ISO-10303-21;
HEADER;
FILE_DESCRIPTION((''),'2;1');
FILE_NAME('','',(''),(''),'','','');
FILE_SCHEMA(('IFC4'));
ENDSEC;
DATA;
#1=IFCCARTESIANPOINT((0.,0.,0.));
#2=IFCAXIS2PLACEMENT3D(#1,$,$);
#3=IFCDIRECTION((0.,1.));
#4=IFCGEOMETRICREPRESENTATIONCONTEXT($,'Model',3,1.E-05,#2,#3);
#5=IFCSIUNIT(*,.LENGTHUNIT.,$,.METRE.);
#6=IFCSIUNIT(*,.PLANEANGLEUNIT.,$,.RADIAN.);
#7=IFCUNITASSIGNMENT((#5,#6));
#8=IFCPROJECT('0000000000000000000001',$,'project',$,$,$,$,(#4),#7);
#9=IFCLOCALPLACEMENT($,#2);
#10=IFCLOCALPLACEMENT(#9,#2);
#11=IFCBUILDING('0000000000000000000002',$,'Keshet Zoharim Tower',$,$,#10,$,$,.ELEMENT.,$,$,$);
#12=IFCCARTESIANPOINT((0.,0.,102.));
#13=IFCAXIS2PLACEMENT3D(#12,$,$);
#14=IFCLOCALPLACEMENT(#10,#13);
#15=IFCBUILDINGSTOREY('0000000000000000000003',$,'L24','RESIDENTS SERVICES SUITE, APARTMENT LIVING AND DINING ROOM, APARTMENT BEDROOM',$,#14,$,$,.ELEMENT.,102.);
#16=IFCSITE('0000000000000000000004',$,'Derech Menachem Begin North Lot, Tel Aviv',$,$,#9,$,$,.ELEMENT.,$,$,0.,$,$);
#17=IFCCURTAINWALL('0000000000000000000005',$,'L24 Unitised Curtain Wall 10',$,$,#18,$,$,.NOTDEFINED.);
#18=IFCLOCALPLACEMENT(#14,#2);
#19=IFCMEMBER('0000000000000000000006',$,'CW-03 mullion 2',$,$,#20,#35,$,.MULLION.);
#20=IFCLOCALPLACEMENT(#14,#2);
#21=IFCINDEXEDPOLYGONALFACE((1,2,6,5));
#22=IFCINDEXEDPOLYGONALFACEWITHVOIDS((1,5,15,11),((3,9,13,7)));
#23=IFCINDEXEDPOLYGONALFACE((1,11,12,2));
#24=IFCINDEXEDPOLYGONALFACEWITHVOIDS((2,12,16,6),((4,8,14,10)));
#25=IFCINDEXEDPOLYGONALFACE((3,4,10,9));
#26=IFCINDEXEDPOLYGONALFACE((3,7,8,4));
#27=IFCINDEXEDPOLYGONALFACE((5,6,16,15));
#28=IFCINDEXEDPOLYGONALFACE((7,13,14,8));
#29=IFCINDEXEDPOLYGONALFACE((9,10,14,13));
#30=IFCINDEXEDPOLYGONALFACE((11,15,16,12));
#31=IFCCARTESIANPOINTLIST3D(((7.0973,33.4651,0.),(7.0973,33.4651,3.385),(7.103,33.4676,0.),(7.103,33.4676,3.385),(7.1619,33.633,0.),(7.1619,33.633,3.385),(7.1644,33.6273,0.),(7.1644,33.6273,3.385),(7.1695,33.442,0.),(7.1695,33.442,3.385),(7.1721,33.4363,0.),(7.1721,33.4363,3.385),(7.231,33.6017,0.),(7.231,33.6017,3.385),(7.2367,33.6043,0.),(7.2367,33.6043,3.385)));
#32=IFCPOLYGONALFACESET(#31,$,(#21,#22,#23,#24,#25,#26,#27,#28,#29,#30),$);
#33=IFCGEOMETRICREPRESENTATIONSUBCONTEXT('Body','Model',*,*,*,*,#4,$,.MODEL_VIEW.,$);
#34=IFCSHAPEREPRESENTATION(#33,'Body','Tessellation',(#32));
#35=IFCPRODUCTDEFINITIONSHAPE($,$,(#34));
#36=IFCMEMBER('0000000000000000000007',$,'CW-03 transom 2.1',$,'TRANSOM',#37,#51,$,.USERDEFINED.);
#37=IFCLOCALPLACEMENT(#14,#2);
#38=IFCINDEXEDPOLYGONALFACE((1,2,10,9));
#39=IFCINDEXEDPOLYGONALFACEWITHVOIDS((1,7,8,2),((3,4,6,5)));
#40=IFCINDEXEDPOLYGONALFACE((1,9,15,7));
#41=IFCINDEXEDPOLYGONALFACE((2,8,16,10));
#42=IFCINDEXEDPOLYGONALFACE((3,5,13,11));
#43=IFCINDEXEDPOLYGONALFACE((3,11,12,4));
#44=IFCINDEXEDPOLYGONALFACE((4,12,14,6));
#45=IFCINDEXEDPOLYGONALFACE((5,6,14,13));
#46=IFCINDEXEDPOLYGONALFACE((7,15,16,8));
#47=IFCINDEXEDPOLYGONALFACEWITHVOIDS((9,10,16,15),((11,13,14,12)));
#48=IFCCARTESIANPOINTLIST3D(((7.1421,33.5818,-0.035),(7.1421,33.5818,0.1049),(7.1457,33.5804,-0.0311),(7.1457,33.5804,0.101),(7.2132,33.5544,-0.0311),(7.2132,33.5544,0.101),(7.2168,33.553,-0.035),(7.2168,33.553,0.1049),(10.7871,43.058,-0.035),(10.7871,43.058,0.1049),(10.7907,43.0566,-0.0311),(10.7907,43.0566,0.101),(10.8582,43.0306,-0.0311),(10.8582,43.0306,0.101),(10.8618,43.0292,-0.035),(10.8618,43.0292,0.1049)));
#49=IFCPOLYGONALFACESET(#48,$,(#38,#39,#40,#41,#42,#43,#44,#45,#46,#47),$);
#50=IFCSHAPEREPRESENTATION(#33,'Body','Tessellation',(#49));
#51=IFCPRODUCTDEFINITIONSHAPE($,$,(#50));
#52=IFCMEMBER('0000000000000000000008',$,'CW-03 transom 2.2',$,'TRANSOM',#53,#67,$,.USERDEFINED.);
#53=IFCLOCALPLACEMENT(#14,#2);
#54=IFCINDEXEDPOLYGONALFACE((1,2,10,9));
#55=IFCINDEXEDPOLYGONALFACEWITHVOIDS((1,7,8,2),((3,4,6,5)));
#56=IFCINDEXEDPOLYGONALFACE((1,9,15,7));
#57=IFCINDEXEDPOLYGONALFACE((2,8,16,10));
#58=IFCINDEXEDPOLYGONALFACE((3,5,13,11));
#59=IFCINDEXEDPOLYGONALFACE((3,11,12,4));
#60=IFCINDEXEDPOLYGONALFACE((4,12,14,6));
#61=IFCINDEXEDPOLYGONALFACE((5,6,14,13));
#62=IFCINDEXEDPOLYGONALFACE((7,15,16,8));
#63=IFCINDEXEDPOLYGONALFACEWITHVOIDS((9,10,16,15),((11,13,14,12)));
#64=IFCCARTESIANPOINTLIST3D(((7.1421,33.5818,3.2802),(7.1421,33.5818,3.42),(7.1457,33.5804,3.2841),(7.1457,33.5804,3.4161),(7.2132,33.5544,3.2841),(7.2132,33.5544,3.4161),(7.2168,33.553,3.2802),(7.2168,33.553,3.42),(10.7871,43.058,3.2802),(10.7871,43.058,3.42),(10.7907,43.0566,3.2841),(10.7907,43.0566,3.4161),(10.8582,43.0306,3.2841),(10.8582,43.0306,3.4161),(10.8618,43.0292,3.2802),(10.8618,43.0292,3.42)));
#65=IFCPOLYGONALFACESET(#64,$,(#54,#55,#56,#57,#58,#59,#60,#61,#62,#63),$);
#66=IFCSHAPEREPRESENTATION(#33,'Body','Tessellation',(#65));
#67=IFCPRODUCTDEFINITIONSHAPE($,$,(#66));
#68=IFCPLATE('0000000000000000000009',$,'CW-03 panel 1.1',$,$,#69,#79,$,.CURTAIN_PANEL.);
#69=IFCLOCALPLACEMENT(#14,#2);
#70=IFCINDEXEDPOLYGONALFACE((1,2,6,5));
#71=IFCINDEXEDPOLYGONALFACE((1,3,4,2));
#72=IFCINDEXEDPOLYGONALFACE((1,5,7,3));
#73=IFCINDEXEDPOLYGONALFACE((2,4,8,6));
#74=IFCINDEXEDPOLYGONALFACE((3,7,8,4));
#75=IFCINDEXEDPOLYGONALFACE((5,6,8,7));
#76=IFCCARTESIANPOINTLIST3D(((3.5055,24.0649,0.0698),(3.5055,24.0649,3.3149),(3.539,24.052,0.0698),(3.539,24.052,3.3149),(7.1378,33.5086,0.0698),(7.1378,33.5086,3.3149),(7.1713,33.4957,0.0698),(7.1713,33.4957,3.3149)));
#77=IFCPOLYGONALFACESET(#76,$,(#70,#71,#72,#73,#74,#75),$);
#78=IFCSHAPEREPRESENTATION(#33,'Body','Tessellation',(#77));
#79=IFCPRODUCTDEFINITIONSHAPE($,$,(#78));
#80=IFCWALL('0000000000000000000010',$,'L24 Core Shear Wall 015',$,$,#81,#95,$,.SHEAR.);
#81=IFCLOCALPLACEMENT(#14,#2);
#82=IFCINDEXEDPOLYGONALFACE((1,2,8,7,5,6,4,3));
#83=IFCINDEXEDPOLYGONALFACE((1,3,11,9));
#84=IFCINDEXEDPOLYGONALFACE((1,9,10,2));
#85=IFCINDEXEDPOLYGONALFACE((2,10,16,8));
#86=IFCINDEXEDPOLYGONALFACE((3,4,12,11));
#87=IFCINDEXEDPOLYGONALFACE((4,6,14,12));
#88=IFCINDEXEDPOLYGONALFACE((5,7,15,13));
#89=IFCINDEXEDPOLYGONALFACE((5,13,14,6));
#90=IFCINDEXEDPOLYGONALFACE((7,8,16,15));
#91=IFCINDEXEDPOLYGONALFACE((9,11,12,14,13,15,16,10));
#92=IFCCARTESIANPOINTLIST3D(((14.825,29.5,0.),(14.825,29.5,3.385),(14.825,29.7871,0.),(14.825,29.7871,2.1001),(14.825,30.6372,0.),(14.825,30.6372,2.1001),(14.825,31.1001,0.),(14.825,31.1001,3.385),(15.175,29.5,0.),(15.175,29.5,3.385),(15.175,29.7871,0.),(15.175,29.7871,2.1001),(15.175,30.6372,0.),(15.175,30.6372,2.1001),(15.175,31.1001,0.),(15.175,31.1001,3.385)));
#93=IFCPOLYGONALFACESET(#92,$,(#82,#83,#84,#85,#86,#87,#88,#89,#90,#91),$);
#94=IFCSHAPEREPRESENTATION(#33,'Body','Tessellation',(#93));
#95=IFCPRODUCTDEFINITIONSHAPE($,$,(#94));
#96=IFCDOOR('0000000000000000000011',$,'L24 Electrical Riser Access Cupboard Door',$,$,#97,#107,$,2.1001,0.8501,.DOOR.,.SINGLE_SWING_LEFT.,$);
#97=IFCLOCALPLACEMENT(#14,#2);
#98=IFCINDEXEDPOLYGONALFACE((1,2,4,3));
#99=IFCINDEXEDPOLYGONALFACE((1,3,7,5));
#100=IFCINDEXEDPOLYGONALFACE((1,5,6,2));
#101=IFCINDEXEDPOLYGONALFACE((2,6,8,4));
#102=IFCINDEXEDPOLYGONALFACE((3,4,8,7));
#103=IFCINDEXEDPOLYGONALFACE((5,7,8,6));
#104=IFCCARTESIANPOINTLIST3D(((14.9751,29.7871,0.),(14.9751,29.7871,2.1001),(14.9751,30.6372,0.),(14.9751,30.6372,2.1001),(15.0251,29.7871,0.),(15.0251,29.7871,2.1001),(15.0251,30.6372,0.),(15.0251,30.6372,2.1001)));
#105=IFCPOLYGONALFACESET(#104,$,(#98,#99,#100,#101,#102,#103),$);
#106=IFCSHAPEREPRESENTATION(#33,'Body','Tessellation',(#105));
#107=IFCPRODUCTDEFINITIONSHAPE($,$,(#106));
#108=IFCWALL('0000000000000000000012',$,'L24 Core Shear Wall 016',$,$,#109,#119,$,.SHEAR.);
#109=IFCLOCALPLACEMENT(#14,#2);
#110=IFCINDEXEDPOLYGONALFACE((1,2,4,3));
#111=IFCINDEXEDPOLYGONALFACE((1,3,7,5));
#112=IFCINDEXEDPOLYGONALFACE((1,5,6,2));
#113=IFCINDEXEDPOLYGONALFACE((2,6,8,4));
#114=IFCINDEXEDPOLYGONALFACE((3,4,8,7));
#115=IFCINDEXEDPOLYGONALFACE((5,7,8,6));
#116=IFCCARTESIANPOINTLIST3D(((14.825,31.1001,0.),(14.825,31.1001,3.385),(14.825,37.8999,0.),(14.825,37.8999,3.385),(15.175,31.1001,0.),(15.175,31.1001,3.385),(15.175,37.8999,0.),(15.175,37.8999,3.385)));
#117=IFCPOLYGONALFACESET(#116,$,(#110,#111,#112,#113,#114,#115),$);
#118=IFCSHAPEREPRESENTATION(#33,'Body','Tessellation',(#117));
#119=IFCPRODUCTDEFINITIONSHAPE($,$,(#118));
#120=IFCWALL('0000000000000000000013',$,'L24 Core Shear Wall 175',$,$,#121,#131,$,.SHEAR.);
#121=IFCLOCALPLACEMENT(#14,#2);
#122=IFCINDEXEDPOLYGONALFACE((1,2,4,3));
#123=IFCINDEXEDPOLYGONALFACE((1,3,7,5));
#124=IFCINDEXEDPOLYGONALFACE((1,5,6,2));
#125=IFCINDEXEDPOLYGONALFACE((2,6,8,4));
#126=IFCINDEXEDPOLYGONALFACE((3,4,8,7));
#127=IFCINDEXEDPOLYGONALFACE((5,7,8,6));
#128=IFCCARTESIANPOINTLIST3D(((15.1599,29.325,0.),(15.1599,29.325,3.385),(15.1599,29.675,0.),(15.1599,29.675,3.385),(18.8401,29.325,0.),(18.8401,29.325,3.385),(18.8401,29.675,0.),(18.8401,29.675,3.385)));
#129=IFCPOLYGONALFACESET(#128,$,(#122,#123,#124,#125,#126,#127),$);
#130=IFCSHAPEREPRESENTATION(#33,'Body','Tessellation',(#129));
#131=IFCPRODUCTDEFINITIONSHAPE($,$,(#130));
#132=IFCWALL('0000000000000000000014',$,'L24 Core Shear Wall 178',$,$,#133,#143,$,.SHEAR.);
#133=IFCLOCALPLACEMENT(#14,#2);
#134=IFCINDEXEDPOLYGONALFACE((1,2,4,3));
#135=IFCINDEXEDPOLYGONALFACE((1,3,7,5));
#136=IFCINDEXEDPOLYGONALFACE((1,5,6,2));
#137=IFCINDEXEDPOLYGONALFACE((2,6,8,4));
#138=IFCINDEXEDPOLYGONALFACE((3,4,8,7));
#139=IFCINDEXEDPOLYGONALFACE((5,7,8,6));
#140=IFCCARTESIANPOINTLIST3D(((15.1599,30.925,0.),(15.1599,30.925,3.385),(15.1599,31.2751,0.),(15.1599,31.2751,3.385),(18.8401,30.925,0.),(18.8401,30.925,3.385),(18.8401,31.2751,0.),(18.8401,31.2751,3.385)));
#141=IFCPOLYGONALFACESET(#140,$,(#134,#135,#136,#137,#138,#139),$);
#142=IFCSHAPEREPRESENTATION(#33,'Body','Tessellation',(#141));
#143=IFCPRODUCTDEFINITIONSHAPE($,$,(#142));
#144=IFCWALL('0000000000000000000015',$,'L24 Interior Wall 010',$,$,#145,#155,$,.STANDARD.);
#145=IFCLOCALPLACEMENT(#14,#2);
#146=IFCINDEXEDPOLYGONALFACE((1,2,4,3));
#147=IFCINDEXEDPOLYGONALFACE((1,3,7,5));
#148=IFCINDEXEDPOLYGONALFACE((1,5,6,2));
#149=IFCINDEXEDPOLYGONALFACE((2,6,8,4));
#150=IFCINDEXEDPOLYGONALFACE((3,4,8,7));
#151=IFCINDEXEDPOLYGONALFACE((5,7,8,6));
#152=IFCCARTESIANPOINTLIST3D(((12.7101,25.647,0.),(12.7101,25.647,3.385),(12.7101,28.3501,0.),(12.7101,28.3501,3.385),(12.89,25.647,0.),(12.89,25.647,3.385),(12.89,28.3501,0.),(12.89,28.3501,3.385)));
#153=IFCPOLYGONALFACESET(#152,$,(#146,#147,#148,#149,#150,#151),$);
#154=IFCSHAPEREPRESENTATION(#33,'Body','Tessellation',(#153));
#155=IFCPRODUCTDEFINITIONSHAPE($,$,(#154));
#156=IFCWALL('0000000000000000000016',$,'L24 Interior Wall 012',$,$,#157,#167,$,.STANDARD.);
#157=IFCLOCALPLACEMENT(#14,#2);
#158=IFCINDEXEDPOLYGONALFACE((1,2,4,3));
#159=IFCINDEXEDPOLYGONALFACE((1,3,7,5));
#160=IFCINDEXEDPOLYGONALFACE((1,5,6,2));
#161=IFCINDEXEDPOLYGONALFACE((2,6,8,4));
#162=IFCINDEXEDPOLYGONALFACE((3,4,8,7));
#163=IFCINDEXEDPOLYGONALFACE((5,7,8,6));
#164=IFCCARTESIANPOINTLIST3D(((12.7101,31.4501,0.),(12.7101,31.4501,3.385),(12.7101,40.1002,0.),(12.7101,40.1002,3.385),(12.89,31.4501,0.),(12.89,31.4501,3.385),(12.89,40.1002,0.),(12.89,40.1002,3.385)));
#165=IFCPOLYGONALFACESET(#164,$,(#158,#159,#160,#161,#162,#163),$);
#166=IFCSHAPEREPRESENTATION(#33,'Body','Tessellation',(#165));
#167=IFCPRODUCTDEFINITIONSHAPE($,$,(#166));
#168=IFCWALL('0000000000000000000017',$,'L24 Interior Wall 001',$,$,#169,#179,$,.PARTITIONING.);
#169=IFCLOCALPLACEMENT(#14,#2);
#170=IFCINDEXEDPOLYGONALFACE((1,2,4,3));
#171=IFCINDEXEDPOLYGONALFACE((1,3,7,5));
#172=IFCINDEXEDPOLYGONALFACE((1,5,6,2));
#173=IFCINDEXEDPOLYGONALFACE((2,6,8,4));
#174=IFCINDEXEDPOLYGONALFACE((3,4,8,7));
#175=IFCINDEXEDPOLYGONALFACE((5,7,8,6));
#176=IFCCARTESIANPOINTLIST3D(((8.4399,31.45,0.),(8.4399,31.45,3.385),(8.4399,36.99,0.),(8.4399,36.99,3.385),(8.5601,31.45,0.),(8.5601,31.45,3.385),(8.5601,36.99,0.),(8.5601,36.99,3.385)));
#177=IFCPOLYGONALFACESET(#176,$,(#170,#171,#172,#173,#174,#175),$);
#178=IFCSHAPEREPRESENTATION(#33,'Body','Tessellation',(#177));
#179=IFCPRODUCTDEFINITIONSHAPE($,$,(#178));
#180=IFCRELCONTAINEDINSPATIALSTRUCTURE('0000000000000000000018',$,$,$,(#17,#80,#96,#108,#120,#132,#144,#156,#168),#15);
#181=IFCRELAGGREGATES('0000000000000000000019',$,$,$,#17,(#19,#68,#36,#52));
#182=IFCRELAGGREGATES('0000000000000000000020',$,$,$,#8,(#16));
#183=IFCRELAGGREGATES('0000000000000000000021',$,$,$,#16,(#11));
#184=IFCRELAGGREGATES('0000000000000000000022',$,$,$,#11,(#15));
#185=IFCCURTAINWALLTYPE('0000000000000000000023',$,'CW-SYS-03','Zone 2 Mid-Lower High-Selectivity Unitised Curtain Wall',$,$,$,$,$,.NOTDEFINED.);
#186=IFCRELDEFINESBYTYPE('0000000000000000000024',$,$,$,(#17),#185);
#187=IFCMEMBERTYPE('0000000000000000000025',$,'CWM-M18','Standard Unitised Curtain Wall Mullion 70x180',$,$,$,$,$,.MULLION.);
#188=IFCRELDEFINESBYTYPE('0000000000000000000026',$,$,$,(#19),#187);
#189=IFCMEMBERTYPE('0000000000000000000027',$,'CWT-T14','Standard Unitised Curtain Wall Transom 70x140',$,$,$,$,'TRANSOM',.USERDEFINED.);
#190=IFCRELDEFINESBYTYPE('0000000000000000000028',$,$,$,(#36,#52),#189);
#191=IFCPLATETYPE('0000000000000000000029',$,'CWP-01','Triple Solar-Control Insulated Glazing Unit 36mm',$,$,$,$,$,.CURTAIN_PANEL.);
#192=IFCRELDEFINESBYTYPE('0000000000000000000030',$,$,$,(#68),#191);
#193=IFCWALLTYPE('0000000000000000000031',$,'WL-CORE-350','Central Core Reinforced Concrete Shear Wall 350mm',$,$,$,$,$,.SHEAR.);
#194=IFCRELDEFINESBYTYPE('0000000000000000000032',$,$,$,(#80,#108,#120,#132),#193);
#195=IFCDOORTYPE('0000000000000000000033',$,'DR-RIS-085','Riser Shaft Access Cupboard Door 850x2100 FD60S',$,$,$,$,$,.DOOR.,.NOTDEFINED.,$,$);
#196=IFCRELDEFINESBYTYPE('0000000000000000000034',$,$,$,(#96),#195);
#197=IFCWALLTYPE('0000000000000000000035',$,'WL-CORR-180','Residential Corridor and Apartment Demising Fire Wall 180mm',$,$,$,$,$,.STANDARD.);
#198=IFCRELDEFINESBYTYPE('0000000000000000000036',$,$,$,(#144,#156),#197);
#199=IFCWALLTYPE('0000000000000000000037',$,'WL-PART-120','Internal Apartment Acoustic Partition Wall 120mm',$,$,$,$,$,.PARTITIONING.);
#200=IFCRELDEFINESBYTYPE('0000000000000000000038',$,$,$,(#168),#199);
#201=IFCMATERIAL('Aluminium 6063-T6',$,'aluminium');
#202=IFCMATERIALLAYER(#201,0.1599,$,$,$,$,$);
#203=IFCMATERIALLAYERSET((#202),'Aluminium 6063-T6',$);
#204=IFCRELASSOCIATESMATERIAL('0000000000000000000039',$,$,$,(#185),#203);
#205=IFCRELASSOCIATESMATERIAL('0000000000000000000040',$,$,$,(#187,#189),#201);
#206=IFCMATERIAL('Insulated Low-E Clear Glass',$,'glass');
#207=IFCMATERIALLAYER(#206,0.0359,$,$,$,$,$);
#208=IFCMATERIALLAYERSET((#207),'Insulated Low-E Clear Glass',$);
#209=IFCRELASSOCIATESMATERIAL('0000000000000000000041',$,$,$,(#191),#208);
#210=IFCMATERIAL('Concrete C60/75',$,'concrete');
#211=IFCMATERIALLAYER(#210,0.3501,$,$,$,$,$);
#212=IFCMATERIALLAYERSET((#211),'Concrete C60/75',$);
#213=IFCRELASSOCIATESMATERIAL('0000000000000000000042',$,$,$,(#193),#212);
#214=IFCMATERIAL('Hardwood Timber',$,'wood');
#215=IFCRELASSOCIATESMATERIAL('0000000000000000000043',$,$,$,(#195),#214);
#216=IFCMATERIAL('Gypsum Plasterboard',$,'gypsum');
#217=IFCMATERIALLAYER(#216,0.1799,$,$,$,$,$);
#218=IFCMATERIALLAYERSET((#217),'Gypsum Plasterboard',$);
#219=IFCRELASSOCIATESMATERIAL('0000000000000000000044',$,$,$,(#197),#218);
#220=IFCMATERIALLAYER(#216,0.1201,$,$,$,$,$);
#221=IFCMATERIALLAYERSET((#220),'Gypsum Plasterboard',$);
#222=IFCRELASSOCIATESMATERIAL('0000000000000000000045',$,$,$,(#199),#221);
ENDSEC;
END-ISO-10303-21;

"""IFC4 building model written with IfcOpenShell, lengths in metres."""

from ifc_helpers import new_model, si_unit, direction, frame, frame_2d, origin, origin_2d, place, context, subcontext, project, spatial, rectangle, hollow_rectangle, extrude, material, layer, layer_set, material_profile, profile_set, type_object, element, fill, aggregate, save


model = new_model("IFC4")

# Units and contexts
model_context = context("Model", 3, precision=1e-05, world=origin(), true_north=direction((0.0, 1.0)))
body_context = subcontext(model_context, "Body", "Model", "MODEL_VIEW")
ifc_project = project(units=[si_unit("LENGTHUNIT", "METRE"), si_unit("PLANEANGLEUNIT", "RADIAN")], contexts=[model_context])

# Site, building, storey
site_placement = place(None, origin())
site = spatial("IfcSite", under=ifc_project, at=site_placement, Name="Derech Menachem Begin North Lot, Tel Aviv", CompositionType="ELEMENT", RefElevation=0.0)
building_placement = place(site_placement, origin())
building = spatial("IfcBuilding", under=site, at=building_placement, Name="Keshet Zoharim Tower", CompositionType="ELEMENT")
storey_placement = place(building_placement, frame((0.0, 0.0, 102.0)))
storey = spatial("IfcBuildingStorey", under=building, at=storey_placement, Name="L24", Description="RESIDENTS SERVICES SUITE, APARTMENT LIVING AND DINING ROOM, APARTMENT BEDROOM", CompositionType="ELEMENT", Elevation=102.0)

# Curtain wall, members, plate
ifc_material_1 = material(Name="Aluminium 6063-T6", Category="aluminium")
ifc_layer_1 = layer(ifc_material_1, 0.1599)
ifc_layer_set_1 = layer_set([ifc_layer_1], Name="Aluminium 6063-T6")
curtain_wall_type = type_object("IfcCurtainWallType", Name="CW-SYS-03", Description="Zone 2 Mid-Lower High-Selectivity Unitised Curtain Wall", PredefinedType="NOTDEFINED", material=ifc_layer_set_1)
curtain_wall_placement = place(storey_placement, origin())
curtain_wall = element("IfcCurtainWall", 1, at=curtain_wall_placement, inside=storey, type_object=curtain_wall_type, Name="L24 Unitised Curtain Wall 10", PredefinedType="NOTDEFINED")
ifc_material_profile_1 = material_profile(ifc_material_1, hollow_rectangle(XDim=0.0801, YDim=0.1799, WallThickness=0.0044, at=origin_2d()), Name="MUL-80x180")
ifc_profile_set_1 = profile_set([ifc_material_profile_1], Name="Aluminium 6063-T6")
member_type_1 = type_object("IfcMemberType", Name="CWM-M18", Description="Standard Unitised Curtain Wall Mullion 70x180", PredefinedType="MULLION", material=ifc_profile_set_1)
member_1_placement = place(storey_placement, frame((7.167, 33.5347, 0.0), z_axis=(0.0, 0.0, 1.0), x_axis=(-0.933341, 0.35899, 0.0)))
member_1 = element("IfcMember", 2, at=member_1_placement, type_object=member_type_1, Name="CW-03 mullion 2", PredefinedType="MULLION", context=body_context, shape_type="SweptSolid", body=[
    extrude(hollow_rectangle(XDim=0.0801, YDim=0.1799, WallThickness=0.0044, at=origin_2d()), origin(), (0.0, 0.0, 1.0), 3.385),
])
ifc_material_profile_2 = material_profile(ifc_material_1, hollow_rectangle(XDim=0.0801, YDim=0.1399, WallThickness=0.0039, at=origin_2d()), Name="TRN-80x140")
ifc_profile_set_2 = profile_set([ifc_material_profile_2], Name="Aluminium 6063-T6")
member_type_2 = type_object("IfcMemberType", Name="CWT-T14", Description="Standard Unitised Curtain Wall Transom 70x140", ElementType="TRANSOM", PredefinedType="USERDEFINED", material=ifc_profile_set_2)
member_2_placement = place(storey_placement, frame((7.1794, 33.5674, 0.0349), z_axis=(0.359003, 0.933336, 0.0), x_axis=(-0.933336, 0.359003, 0.0)))
member_2 = element("IfcMember", 3, at=member_2_placement, type_object=member_type_2, Name="CW-03 transom 2.1", ObjectType="TRANSOM", PredefinedType="USERDEFINED", context=body_context, shape_type="SweptSolid", body=[
    extrude(hollow_rectangle(XDim=0.0801, YDim=0.1399, WallThickness=0.0039, at=origin_2d()), origin(), (0.0, 0.0, 1.0), 10.1531),
])
member_3_placement = place(storey_placement, frame((7.1794, 33.5674, 3.3501), z_axis=(0.359003, 0.933336, 0.0), x_axis=(-0.933336, 0.359003, 0.0)))
member_3 = element("IfcMember", 4, at=member_3_placement, type_object=member_type_2, Name="CW-03 transom 2.2", ObjectType="TRANSOM", PredefinedType="USERDEFINED", context=body_context, shape_type="SweptSolid", body=[
    extrude(hollow_rectangle(XDim=0.0801, YDim=0.1399, WallThickness=0.0039, at=origin_2d()), origin(), (0.0, 0.0, 1.0), 10.1531),
])
ifc_material_2 = material(Name="Insulated Low-E Clear Glass", Category="glass")
ifc_layer_2 = layer(ifc_material_2, 0.0359)
ifc_layer_set_2 = layer_set([ifc_layer_2], Name="Insulated Low-E Clear Glass")
plate_type = type_object("IfcPlateType", Name="CWP-01", Description="Triple Solar-Control Insulated Glazing Unit 36mm", PredefinedType="CURTAIN_PANEL", material=ifc_layer_set_2)
plate_placement = place(storey_placement, frame((5.3384, 28.7803, 0.0698), z_axis=(0.0, 0.0, 1.0), x_axis=(0.35899, 0.933341, 0.0)))
plate = element("IfcPlate", 5, at=plate_placement, type_object=plate_type, Name="CW-03 panel 1.1", PredefinedType="CURTAIN_PANEL", context=body_context, shape_type="SweptSolid", body=[
    extrude(rectangle(XDim=10.1182, YDim=0.0359, at=origin_2d()), origin(), (0.0, 0.0, 1.0), 3.2451),
])
aggregate(curtain_wall, [member_1, plate, member_2, member_3])

# Wall, opening, door
ifc_material_3 = material(Name="Concrete C60/75", Category="concrete")
ifc_layer_3 = layer(ifc_material_3, 0.3501)
ifc_layer_set_3 = layer_set([ifc_layer_3], Name="Concrete C60/75")
wall_type_1 = type_object("IfcWallType", Name="WL-CORE-350", Description="Central Core Reinforced Concrete Shear Wall 350mm", PredefinedType="SHEAR", material=ifc_layer_set_3)
wall_1_placement = place(storey_placement, frame((15.0, 29.5, 0.0), z_axis=(0.0, 0.0, 1.0), x_axis=(0.0, 1.0, 0.0)))
wall_1 = element("IfcWall", 6, at=wall_1_placement, inside=storey, type_object=wall_type_1, Name="L24 Core Shear Wall 015", PredefinedType="SHEAR", context=body_context, shape_type="SweptSolid", body=[
    extrude(rectangle(XDim=1.6001, YDim=0.3501, at=frame_2d((0.8, 0.0))), origin(), (0.0, 0.0, 1.0), 3.385),
])
opening_1_placement = place(wall_1_placement, frame((0.2871, 0.0, 0.0)))
opening_1 = element("IfcOpeningElement", 7, at=opening_1_placement, cuts=wall_1, PredefinedType="OPENING", context=body_context, shape_type="SweptSolid", body=[
    extrude(rectangle(XDim=0.8501, YDim=2.1001, at=frame_2d((0.425, 1.05))), frame((0.0, 0.1851, 0.0), z_axis=(0.0, -1.0, 0.0), x_axis=(1.0, 0.0, 0.0)), (0.0, 0.0, 1.0), 0.3701),
])
ifc_material_4 = material(Name="Hardwood Timber", Category="wood")
door_type_1 = type_object("IfcDoorType", Name="DR-RIS-085", Description="Riser Shaft Access Cupboard Door 850x2100 FD60S", OperationType="NOTDEFINED", PredefinedType="DOOR", material=ifc_material_4)
door_1_placement = place(opening_1_placement, origin())
door_1 = element("IfcDoor", 8, at=door_1_placement, inside=storey, type_object=door_type_1, Name="L24 Electrical Riser Access Cupboard Door", OperationType="SINGLE_SWING_LEFT", OverallHeight=2.1001, OverallWidth=0.8501, PredefinedType="DOOR", context=body_context, shape_type="SweptSolid", body=[
    extrude(rectangle(XDim=0.8501, YDim=2.1001, at=frame_2d((0.425, 1.05))), frame((0.0, 0.0249, 0.0), z_axis=(0.0, -1.0, 0.0), x_axis=(1.0, 0.0, 0.0)), (0.0, 0.0, 1.0), 0.05),
])
fill(opening_1, door_1)

# Walls
wall_2_placement = place(storey_placement, frame((15.0, 31.1001, 0.0), z_axis=(0.0, 0.0, 1.0), x_axis=(0.0, 1.0, 0.0)))
element("IfcWall", 9, at=wall_2_placement, inside=storey, type_object=wall_type_1, Name="L24 Core Shear Wall 016", PredefinedType="SHEAR", context=body_context, shape_type="SweptSolid", body=[
    extrude(rectangle(XDim=6.7998, YDim=0.3501, at=frame_2d((3.3999, 0.0))), origin(), (0.0, 0.0, 1.0), 3.385),
])
for number, where, z_axis, x_axis, name in (
    (10, (15.1599, 29.5, 0.0), (0.0, 0.0, 1.0), (1.0, 0.0, 0.0), "L24 Core Shear Wall 175"),
    (11, (15.1599, 31.1001, 0.0), (0.0, 0.0, 1.0), (1.0, 0.0, 0.0), "L24 Core Shear Wall 178"),
):
    element("IfcWall", number, at=place(storey_placement, frame(where, z_axis=z_axis, x_axis=x_axis)), inside=storey, type_object=wall_type_1, Name=name, PredefinedType="SHEAR", context=body_context, shape_type="SweptSolid", body=[
        extrude(rectangle(XDim=3.6802, YDim=0.3501, at=frame_2d((1.8401, 0.0))), origin(), (0.0, 0.0, 1.0), 3.385),
    ])
ifc_material_5 = material(Name="Gypsum Plasterboard", Category="gypsum")
ifc_layer_4 = layer(ifc_material_5, 0.1799)
ifc_layer_set_4 = layer_set([ifc_layer_4], Name="Gypsum Plasterboard")
wall_type_2 = type_object("IfcWallType", Name="WL-CORR-180", Description="Residential Corridor and Apartment Demising Fire Wall 180mm", PredefinedType="STANDARD", material=ifc_layer_set_4)
wall_3_placement = place(storey_placement, frame((12.8, 25.647, 0.0), z_axis=(0.0, 0.0, 1.0), x_axis=(0.0, 1.0, 0.0)))
element("IfcWall", 12, at=wall_3_placement, inside=storey, type_object=wall_type_2, Name="L24 Interior Wall 010", PredefinedType="STANDARD", context=body_context, shape_type="SweptSolid", body=[
    extrude(rectangle(XDim=2.7031, YDim=0.1799, at=frame_2d((1.3516, 0.0))), origin(), (0.0, 0.0, 1.0), 3.385),
])

# Walls
wall_4_placement = place(storey_placement, frame((12.8, 31.45, 0.0), z_axis=(0.0, 0.0, 1.0), x_axis=(0.0, 1.0, 0.0)))
element("IfcWall", 13, at=wall_4_placement, inside=storey, type_object=wall_type_2, Name="L24 Interior Wall 012", PredefinedType="STANDARD", context=body_context, shape_type="SweptSolid", body=[
    extrude(rectangle(XDim=8.6501, YDim=0.1799, at=frame_2d((4.3252, 0.0))), origin(), (0.0, 0.0, 1.0), 3.385),
])
ifc_layer_5 = layer(ifc_material_5, 0.1201)
ifc_layer_set_5 = layer_set([ifc_layer_5], Name="Gypsum Plasterboard")
wall_type_3 = type_object("IfcWallType", Name="WL-PART-120", Description="Internal Apartment Acoustic Partition Wall 120mm", PredefinedType="PARTITIONING", material=ifc_layer_set_5)
wall_5_placement = place(storey_placement, frame((8.5, 31.45, 0.0), z_axis=(0.0, 0.0, 1.0), x_axis=(0.0, 1.0, 0.0)))
element("IfcWall", 14, at=wall_5_placement, inside=storey, type_object=wall_type_3, Name="L24 Interior Wall 001", PredefinedType="PARTITIONING", context=body_context, shape_type="SweptSolid", body=[
    extrude(rectangle(XDim=5.54, YDim=0.1201, at=frame_2d((2.77, 0.0))), origin(), (0.0, 0.0, 1.0), 3.385),
])

save(model, "model.ifc")
